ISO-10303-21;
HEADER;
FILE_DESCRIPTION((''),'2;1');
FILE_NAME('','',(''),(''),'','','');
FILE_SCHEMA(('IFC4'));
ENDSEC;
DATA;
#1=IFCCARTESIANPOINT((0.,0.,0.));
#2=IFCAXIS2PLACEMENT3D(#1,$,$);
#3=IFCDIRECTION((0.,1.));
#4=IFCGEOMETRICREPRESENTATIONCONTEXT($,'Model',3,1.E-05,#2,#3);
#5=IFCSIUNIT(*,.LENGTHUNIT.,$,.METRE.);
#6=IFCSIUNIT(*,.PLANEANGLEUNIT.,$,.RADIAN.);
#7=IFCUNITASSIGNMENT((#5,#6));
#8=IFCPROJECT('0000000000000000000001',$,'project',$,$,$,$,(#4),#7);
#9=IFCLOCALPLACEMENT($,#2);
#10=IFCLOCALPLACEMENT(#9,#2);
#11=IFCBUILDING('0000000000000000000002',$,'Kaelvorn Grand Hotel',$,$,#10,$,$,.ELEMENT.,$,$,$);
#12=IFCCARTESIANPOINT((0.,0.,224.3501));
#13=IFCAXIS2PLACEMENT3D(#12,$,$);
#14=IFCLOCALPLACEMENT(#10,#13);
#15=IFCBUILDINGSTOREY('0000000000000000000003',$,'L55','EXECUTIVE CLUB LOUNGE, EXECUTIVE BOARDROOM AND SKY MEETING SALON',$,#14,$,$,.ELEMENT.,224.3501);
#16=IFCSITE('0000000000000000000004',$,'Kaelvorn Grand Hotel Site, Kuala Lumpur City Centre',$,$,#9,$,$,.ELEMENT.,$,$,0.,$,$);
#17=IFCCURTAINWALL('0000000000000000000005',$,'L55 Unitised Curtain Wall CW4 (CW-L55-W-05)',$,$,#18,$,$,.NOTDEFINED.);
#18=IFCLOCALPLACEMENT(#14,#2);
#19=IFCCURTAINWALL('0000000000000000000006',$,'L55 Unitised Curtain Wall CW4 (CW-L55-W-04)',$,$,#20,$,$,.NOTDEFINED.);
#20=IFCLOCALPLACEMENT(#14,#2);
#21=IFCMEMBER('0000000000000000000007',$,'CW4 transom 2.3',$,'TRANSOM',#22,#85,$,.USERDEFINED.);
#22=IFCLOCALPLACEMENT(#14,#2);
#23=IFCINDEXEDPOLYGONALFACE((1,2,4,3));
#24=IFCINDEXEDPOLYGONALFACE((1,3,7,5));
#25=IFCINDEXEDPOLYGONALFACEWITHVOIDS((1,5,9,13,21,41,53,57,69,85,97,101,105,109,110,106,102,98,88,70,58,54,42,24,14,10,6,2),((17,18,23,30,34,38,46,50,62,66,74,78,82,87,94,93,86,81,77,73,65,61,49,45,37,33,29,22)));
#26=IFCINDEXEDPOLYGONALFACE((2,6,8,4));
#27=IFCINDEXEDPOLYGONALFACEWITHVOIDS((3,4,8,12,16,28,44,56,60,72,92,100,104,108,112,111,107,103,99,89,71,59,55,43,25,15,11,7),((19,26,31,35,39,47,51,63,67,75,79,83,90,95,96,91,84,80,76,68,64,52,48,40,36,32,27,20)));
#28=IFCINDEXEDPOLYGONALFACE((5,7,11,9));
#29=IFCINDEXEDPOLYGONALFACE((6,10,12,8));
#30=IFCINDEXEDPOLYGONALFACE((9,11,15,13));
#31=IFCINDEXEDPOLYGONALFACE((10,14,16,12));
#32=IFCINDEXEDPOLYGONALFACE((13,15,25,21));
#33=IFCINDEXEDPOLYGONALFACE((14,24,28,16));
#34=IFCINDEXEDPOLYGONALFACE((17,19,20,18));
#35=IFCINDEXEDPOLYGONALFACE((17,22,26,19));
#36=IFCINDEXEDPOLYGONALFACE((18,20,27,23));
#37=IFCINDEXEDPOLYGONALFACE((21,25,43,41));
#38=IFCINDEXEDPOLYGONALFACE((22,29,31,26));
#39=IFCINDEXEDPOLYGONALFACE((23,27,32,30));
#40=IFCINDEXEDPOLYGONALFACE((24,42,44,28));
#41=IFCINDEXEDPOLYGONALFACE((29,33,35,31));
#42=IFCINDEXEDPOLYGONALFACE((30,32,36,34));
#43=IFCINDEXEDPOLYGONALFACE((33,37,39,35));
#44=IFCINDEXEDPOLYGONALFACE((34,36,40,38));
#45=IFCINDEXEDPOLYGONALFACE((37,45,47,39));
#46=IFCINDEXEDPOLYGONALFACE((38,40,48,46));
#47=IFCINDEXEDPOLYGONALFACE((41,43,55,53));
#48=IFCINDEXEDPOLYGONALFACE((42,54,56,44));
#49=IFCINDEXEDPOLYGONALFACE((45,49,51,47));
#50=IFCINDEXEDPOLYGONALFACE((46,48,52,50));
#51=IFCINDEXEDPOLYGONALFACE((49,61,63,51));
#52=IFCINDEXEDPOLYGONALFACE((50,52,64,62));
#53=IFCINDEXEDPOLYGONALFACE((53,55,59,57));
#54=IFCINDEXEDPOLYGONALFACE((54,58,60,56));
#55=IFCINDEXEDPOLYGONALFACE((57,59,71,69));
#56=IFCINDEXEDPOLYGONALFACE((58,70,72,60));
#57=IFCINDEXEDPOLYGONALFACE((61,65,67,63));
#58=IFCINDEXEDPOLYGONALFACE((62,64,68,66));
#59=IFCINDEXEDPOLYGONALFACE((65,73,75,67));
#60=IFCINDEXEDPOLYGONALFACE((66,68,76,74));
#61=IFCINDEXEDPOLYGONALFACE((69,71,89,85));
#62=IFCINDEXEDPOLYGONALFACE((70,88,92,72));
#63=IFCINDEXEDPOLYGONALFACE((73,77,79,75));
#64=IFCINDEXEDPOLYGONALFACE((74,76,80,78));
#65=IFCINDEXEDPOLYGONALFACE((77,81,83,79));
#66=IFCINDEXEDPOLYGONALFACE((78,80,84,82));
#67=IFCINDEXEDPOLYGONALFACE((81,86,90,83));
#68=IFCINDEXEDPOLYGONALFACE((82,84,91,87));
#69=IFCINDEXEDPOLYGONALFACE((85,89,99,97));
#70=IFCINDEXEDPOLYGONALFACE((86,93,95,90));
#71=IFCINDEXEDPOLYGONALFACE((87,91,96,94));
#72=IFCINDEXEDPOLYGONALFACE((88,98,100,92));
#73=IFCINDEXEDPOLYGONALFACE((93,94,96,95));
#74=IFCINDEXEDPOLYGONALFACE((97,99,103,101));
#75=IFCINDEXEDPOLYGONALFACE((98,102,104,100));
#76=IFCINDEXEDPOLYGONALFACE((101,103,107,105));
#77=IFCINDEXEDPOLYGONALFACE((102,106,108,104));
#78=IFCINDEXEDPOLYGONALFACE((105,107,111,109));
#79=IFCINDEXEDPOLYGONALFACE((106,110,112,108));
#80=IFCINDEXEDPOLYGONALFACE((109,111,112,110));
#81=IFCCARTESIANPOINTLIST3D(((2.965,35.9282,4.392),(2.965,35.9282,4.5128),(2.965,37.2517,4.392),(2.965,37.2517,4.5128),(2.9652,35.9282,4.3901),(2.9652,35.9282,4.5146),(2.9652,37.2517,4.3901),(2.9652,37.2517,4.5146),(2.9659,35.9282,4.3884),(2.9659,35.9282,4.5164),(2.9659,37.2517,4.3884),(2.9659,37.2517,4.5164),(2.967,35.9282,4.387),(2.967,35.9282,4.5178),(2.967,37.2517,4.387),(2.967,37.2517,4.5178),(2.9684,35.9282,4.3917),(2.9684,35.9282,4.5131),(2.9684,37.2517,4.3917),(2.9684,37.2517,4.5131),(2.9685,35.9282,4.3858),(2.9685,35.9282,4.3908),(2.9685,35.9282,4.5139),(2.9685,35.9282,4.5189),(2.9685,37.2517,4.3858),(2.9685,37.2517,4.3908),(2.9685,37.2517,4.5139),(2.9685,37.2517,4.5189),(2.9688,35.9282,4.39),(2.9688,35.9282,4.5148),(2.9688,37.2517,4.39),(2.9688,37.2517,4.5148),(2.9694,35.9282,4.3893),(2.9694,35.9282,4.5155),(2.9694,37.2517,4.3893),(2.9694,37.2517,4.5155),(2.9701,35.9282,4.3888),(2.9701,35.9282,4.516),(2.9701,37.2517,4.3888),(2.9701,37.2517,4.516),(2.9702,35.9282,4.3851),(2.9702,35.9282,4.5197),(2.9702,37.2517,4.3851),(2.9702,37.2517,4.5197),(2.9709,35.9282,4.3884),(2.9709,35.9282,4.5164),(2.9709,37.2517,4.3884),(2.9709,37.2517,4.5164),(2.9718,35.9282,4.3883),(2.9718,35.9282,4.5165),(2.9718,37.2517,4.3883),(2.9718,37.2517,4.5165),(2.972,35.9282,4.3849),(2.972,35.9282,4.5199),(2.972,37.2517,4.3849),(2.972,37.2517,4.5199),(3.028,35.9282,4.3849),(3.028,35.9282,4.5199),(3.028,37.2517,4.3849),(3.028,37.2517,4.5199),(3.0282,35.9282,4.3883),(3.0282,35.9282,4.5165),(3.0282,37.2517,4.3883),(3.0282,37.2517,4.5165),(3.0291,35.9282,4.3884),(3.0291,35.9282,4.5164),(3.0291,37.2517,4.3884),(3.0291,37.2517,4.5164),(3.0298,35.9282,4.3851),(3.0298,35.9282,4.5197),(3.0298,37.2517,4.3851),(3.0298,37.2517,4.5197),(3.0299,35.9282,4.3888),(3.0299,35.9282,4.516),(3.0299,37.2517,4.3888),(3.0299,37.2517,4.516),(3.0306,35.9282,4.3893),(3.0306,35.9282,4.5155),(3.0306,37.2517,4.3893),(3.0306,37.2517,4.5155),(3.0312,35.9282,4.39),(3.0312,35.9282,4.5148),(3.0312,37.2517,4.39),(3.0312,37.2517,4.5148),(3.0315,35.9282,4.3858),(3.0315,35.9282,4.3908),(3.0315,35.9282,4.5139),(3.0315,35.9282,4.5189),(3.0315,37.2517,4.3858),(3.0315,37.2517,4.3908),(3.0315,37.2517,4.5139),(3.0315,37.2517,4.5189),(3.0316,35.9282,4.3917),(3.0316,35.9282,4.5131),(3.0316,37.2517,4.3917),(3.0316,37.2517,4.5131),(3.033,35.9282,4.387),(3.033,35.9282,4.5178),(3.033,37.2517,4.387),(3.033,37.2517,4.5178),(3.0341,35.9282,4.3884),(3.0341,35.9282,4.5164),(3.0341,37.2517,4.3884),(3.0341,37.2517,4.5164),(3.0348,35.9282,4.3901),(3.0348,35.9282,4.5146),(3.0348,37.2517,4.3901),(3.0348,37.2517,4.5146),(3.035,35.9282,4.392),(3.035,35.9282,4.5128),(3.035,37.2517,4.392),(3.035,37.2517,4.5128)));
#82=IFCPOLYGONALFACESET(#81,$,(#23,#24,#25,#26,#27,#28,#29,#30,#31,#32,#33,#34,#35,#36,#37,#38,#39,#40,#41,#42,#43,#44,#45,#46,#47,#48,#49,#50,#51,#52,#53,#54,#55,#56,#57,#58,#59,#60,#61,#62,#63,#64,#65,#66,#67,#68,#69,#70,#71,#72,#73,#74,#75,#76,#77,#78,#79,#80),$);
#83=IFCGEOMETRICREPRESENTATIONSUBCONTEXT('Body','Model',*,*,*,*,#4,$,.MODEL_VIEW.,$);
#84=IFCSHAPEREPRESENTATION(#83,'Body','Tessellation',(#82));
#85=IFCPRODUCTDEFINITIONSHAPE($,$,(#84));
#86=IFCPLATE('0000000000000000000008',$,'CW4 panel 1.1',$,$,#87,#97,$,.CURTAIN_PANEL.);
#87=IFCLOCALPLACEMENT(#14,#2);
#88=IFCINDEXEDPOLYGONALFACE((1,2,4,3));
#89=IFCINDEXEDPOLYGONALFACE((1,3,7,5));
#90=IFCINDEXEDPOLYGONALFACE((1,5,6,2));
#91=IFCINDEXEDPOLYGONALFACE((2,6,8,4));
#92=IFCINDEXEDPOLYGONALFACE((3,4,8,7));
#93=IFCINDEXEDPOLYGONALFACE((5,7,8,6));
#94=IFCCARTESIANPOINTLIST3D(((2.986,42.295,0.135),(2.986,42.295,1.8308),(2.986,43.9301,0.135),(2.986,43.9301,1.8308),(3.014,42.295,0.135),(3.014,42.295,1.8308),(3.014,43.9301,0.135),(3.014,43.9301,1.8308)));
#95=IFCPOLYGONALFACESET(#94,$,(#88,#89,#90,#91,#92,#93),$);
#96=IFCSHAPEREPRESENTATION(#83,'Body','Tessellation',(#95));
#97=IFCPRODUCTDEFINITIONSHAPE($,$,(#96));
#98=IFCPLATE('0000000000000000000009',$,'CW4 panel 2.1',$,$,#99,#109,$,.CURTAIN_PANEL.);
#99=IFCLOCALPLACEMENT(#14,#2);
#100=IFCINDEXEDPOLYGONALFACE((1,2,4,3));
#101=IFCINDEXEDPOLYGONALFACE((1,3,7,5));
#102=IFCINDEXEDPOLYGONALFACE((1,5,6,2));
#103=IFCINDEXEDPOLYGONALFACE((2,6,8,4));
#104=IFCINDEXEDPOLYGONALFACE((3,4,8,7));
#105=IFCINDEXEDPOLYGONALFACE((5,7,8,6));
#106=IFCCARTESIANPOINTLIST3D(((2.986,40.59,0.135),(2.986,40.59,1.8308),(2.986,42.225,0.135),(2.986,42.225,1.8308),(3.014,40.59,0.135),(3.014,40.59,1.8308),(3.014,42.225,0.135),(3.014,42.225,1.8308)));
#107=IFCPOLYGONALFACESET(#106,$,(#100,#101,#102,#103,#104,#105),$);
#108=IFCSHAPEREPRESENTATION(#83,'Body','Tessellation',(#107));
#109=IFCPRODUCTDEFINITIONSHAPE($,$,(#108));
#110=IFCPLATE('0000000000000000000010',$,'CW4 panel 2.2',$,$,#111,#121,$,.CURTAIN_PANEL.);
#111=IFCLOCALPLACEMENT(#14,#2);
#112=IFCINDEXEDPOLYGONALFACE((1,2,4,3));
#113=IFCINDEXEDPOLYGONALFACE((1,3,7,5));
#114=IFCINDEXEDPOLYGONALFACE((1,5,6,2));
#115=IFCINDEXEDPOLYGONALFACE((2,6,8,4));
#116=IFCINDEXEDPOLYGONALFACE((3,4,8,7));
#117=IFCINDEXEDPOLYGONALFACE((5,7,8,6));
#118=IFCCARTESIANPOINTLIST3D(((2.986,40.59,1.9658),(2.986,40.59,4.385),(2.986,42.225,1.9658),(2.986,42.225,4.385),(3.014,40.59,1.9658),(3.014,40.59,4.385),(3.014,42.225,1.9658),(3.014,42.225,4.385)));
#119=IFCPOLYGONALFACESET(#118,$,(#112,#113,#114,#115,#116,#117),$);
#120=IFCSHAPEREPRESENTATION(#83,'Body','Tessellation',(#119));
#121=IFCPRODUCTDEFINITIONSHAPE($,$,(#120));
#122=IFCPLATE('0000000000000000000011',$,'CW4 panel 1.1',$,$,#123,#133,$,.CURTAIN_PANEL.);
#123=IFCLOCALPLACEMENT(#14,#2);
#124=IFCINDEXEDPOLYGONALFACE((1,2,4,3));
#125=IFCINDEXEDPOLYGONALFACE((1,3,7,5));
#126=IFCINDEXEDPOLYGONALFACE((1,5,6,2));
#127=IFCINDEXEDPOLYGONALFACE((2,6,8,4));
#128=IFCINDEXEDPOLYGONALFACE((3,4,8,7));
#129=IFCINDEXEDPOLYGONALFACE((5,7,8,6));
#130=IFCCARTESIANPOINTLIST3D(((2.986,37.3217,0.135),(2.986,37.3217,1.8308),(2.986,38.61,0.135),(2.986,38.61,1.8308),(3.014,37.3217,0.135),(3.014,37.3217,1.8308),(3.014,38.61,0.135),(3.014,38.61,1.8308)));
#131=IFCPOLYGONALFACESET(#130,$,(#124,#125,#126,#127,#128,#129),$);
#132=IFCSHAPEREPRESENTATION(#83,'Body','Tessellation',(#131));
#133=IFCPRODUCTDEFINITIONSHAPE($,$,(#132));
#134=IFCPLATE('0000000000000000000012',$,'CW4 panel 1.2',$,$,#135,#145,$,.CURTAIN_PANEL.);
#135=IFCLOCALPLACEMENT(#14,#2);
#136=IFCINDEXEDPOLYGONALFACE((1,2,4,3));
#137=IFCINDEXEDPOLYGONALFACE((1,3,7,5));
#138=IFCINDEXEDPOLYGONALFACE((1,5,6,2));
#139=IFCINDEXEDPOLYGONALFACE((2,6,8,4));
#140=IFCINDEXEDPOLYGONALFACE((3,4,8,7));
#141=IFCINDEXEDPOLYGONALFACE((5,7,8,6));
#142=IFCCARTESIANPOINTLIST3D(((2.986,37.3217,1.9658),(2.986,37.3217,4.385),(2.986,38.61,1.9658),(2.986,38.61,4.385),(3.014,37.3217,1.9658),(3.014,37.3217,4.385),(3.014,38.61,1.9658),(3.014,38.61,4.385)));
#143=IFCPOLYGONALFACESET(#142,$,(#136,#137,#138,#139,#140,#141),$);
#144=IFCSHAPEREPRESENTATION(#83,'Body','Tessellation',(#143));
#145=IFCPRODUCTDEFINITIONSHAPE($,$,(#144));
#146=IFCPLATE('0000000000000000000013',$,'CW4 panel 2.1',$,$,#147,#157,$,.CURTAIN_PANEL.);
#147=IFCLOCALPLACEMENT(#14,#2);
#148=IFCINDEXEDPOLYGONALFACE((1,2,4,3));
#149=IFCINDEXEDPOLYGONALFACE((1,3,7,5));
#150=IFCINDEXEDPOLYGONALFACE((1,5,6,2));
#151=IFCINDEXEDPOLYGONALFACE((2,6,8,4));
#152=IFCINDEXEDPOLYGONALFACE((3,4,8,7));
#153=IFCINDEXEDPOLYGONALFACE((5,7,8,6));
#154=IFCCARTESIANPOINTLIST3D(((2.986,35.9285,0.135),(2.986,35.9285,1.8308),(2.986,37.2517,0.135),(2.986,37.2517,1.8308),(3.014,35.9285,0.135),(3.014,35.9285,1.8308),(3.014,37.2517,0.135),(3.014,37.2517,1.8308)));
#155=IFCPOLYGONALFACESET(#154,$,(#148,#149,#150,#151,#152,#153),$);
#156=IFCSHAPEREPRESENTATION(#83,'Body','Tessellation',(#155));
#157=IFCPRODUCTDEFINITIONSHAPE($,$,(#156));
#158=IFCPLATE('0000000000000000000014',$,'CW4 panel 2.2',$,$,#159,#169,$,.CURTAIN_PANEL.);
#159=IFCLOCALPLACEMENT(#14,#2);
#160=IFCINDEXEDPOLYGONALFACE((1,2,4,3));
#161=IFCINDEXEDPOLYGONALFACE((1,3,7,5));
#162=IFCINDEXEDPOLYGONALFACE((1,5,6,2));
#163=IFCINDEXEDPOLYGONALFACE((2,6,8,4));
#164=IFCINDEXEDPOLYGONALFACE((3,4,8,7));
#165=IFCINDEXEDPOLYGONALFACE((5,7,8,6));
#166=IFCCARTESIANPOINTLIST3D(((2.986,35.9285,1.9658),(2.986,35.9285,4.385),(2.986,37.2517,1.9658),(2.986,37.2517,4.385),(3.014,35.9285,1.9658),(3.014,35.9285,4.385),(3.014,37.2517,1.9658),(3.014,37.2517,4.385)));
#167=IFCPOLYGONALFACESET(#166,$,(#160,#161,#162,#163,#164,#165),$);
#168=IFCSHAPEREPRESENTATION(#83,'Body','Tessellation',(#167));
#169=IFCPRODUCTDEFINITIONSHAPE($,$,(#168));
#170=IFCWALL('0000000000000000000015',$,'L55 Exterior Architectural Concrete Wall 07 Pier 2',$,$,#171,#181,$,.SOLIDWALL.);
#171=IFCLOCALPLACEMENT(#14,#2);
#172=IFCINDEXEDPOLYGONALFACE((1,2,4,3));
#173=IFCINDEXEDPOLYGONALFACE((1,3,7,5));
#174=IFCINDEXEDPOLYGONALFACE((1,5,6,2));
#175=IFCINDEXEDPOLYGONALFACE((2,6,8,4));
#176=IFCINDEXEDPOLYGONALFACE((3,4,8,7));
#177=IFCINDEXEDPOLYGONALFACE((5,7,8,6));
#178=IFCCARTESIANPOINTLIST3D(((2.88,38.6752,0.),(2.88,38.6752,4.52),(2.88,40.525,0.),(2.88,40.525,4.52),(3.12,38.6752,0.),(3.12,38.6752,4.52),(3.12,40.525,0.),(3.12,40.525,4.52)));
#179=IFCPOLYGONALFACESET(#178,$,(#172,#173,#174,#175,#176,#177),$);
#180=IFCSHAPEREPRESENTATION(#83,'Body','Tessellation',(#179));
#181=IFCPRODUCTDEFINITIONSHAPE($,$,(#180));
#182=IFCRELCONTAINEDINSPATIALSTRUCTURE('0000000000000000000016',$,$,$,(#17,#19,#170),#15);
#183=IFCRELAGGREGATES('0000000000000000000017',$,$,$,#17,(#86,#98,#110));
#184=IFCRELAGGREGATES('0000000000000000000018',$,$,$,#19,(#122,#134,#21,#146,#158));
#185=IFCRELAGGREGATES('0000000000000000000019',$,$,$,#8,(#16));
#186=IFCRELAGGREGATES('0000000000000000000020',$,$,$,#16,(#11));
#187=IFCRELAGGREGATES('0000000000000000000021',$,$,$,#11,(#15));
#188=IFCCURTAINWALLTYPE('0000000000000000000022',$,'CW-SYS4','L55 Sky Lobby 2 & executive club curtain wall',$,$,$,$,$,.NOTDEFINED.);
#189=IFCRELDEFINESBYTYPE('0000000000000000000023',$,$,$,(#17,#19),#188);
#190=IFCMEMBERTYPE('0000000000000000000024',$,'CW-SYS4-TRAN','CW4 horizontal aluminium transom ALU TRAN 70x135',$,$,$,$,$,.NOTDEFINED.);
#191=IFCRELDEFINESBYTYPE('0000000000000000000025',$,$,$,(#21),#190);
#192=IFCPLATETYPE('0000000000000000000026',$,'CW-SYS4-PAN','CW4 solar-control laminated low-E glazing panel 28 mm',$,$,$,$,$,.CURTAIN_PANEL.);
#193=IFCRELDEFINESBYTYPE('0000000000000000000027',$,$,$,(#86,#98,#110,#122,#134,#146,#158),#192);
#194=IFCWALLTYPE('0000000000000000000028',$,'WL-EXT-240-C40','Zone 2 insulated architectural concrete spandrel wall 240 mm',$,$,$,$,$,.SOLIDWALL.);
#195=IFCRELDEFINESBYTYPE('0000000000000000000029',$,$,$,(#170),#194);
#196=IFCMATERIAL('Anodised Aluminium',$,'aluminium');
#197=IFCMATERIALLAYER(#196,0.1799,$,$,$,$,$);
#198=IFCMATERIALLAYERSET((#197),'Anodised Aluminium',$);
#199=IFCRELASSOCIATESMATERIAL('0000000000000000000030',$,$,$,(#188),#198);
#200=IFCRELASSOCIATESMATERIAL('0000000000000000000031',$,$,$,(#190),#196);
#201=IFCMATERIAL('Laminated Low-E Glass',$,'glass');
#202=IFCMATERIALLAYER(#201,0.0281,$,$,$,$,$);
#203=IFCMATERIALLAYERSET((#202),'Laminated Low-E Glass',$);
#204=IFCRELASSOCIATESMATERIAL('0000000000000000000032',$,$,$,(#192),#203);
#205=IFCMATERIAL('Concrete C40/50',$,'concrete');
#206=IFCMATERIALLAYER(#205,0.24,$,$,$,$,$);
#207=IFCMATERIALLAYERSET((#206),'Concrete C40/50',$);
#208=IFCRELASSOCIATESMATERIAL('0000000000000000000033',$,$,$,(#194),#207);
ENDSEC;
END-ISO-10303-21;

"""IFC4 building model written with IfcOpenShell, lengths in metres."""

from ifc_helpers import new_model, si_unit, direction, frame, frame_2d, origin, origin_2d, place, context, subcontext, project, spatial, rectangle, hollow_rectangle, extrude, material, layer, layer_set, material_profile, profile_set, type_object, element, aggregate, save


model = new_model("IFC4")

# Units and contexts
model_context = context("Model", 3, precision=1e-05, world=origin(), true_north=direction((0.0, 1.0)))
body_context = subcontext(model_context, "Body", "Model", "MODEL_VIEW")
ifc_project = project(units=[si_unit("LENGTHUNIT", "METRE"), si_unit("PLANEANGLEUNIT", "RADIAN")], contexts=[model_context])

# Site, building, storey
site_placement = place(None, origin())
site = spatial("IfcSite", under=ifc_project, at=site_placement, Name="Kaelvorn Grand Hotel Site, Kuala Lumpur City Centre", CompositionType="ELEMENT", RefElevation=0.0)
building_placement = place(site_placement, origin())
building = spatial("IfcBuilding", under=site, at=building_placement, Name="Kaelvorn Grand Hotel", CompositionType="ELEMENT")
storey_placement = place(building_placement, frame((0.0, 0.0, 224.3501)))
storey = spatial("IfcBuildingStorey", under=building, at=storey_placement, Name="L55", Description="EXECUTIVE CLUB LOUNGE, EXECUTIVE BOARDROOM AND SKY MEETING SALON", CompositionType="ELEMENT", Elevation=224.3501)

# Curtain walls
ifc_material_1 = material(Name="Anodised Aluminium", Category="aluminium")
ifc_layer_1 = layer(ifc_material_1, 0.1799)
ifc_layer_set_1 = layer_set([ifc_layer_1], Name="Anodised Aluminium")
curtain_wall_type = type_object("IfcCurtainWallType", Name="CW-SYS4", Description="L55 Sky Lobby 2 & executive club curtain wall", PredefinedType="NOTDEFINED", material=ifc_layer_set_1)
curtain_wall_1_placement = place(storey_placement, origin())
curtain_wall_1 = element("IfcCurtainWall", 1, at=curtain_wall_1_placement, inside=storey, type_object=curtain_wall_type, Name="L55 Unitised Curtain Wall CW4 (CW-L55-W-05)", PredefinedType="NOTDEFINED")
curtain_wall_2_placement = place(storey_placement, origin())
curtain_wall_2 = element("IfcCurtainWall", 2, at=curtain_wall_2_placement, inside=storey, type_object=curtain_wall_type, Name="L55 Unitised Curtain Wall CW4 (CW-L55-W-04)", PredefinedType="NOTDEFINED")

# Member
ifc_material_profile_1 = material_profile(ifc_material_1, hollow_rectangle(XDim=0.0701, YDim=0.135, WallThickness=0.0034, InnerFilletRadius=0.0034, OuterFilletRadius=0.0071, at=origin_2d()), Name="ALU TRAN 70x135")
ifc_profile_set_1 = profile_set([ifc_material_profile_1], Name="Anodised Aluminium")
member_type_1 = type_object("IfcMemberType", Name="CW-SYS4-TRAN", Description="CW4 horizontal aluminium transom ALU TRAN 70x135", PredefinedType="NOTDEFINED", material=ifc_profile_set_1)
member_1_placement = place(storey_placement, frame((3.0, 37.2517, 4.4524), z_axis=(0.0, -1.0, 0.0), x_axis=(1.0, 0.0, 0.0)))
member_1 = element("IfcMember", 3, at=member_1_placement, type_object=member_type_1, Name="CW4 transom 2.3", ObjectType="TRANSOM", PredefinedType="USERDEFINED", context=body_context, shape_type="SweptSolid", body=[
    extrude(hollow_rectangle(XDim=0.0701, YDim=0.135, WallThickness=0.0034, InnerFilletRadius=0.0034, OuterFilletRadius=0.0071, at=origin_2d()), origin(), (0.0, 0.0, 1.0), 1.3235),
])

# Plates
ifc_material_2 = material(Name="Laminated Low-E Glass", Category="glass")
ifc_layer_2 = layer(ifc_material_2, 0.0281)
ifc_layer_set_2 = layer_set([ifc_layer_2], Name="Laminated Low-E Glass")
plate_type = type_object("IfcPlateType", Name="CW-SYS4-PAN", Description="CW4 solar-control laminated low-E glazing panel 28 mm", PredefinedType="CURTAIN_PANEL", material=ifc_layer_set_2)
plate_1_placement = place(storey_placement, frame((3.0, 43.1125, 0.135), z_axis=(0.0, 0.0, 1.0), x_axis=(0.0, -1.0, 0.0)))
plate_1 = element("IfcPlate", 4, at=plate_1_placement, type_object=plate_type, Name="CW4 panel 1.1", PredefinedType="CURTAIN_PANEL", context=body_context, shape_type="SweptSolid", body=[
    extrude(rectangle(XDim=1.635, YDim=0.0281, at=origin_2d()), origin(), (0.0, 0.0, 1.0), 1.6958),
])
plate_2_placement = place(storey_placement, frame((3.0, 41.4075, 0.135), z_axis=(0.0, 0.0, 1.0), x_axis=(0.0, -1.0, 0.0)))
plate_2 = element("IfcPlate", 5, at=plate_2_placement, type_object=plate_type, Name="CW4 panel 2.1", PredefinedType="CURTAIN_PANEL", context=body_context, shape_type="SweptSolid", body=[
    extrude(rectangle(XDim=1.635, YDim=0.0281, at=origin_2d()), origin(), (0.0, 0.0, 1.0), 1.6958),
])
plate_3_placement = place(storey_placement, frame((3.0, 41.4075, 1.9658), z_axis=(0.0, 0.0, 1.0), x_axis=(0.0, -1.0, 0.0)))
plate_3 = element("IfcPlate", 6, at=plate_3_placement, type_object=plate_type, Name="CW4 panel 2.2", PredefinedType="CURTAIN_PANEL", context=body_context, shape_type="SweptSolid", body=[
    extrude(rectangle(XDim=1.635, YDim=0.0281, at=origin_2d()), origin(), (0.0, 0.0, 1.0), 2.4192),
])
aggregate(curtain_wall_1, [plate_1, plate_2, plate_3])
plate_4_placement = place(storey_placement, frame((3.0, 37.9658, 0.135), z_axis=(0.0, 0.0, 1.0), x_axis=(0.0, -1.0, 0.0)))
plate_4 = element("IfcPlate", 7, at=plate_4_placement, type_object=plate_type, Name="CW4 panel 1.1", PredefinedType="CURTAIN_PANEL", context=body_context, shape_type="SweptSolid", body=[
    extrude(rectangle(XDim=1.2883, YDim=0.0281, at=origin_2d()), origin(), (0.0, 0.0, 1.0), 1.6958),
])
plate_5_placement = place(storey_placement, frame((3.0, 37.9658, 1.9658), z_axis=(0.0, 0.0, 1.0), x_axis=(0.0, -1.0, 0.0)))
plate_5 = element("IfcPlate", 8, at=plate_5_placement, type_object=plate_type, Name="CW4 panel 1.2", PredefinedType="CURTAIN_PANEL", context=body_context, shape_type="SweptSolid", body=[
    extrude(rectangle(XDim=1.2883, YDim=0.0281, at=origin_2d()), origin(), (0.0, 0.0, 1.0), 2.4192),
])
plate_6_placement = place(storey_placement, frame((3.0, 36.5901, 0.135), z_axis=(0.0, 0.0, 1.0), x_axis=(0.0, -1.0, 0.0)))
plate_6 = element("IfcPlate", 9, at=plate_6_placement, type_object=plate_type, Name="CW4 panel 2.1", PredefinedType="CURTAIN_PANEL", context=body_context, shape_type="SweptSolid", body=[
    extrude(rectangle(XDim=1.3232, YDim=0.0281, at=origin_2d()), origin(), (0.0, 0.0, 1.0), 1.6958),
])
plate_7_placement = place(storey_placement, frame((3.0, 36.5901, 1.9658), z_axis=(0.0, 0.0, 1.0), x_axis=(0.0, -1.0, 0.0)))
plate_7 = element("IfcPlate", 10, at=plate_7_placement, type_object=plate_type, Name="CW4 panel 2.2", PredefinedType="CURTAIN_PANEL", context=body_context, shape_type="SweptSolid", body=[
    extrude(rectangle(XDim=1.3232, YDim=0.0281, at=origin_2d()), origin(), (0.0, 0.0, 1.0), 2.4192),
])
aggregate(curtain_wall_2, [plate_4, plate_5, member_1, plate_6, plate_7])

# Wall
ifc_material_3 = material(Name="Concrete C40/50", Category="concrete")
ifc_layer_3 = layer(ifc_material_3, 0.24)
ifc_layer_set_3 = layer_set([ifc_layer_3], Name="Concrete C40/50")
wall_type = type_object("IfcWallType", Name="WL-EXT-240-C40", Description="Zone 2 insulated architectural concrete spandrel wall 240 mm", PredefinedType="SOLIDWALL", material=ifc_layer_set_3)
wall_placement = place(storey_placement, frame((3.0, 40.5249, 0.0), z_axis=(0.0, 0.0, 1.0), x_axis=(0.0, -1.0, 0.0)))
element("IfcWall", 11, at=wall_placement, inside=storey, type_object=wall_type, Name="L55 Exterior Architectural Concrete Wall 07 Pier 2", PredefinedType="SOLIDWALL", context=body_context, shape_type="SweptSolid", body=[
    extrude(rectangle(XDim=1.8499, YDim=0.24, at=frame_2d((0.9248, 0.0))), origin(), (0.0, 0.0, 1.0), 4.52),
])

save(model, "model.ifc")
